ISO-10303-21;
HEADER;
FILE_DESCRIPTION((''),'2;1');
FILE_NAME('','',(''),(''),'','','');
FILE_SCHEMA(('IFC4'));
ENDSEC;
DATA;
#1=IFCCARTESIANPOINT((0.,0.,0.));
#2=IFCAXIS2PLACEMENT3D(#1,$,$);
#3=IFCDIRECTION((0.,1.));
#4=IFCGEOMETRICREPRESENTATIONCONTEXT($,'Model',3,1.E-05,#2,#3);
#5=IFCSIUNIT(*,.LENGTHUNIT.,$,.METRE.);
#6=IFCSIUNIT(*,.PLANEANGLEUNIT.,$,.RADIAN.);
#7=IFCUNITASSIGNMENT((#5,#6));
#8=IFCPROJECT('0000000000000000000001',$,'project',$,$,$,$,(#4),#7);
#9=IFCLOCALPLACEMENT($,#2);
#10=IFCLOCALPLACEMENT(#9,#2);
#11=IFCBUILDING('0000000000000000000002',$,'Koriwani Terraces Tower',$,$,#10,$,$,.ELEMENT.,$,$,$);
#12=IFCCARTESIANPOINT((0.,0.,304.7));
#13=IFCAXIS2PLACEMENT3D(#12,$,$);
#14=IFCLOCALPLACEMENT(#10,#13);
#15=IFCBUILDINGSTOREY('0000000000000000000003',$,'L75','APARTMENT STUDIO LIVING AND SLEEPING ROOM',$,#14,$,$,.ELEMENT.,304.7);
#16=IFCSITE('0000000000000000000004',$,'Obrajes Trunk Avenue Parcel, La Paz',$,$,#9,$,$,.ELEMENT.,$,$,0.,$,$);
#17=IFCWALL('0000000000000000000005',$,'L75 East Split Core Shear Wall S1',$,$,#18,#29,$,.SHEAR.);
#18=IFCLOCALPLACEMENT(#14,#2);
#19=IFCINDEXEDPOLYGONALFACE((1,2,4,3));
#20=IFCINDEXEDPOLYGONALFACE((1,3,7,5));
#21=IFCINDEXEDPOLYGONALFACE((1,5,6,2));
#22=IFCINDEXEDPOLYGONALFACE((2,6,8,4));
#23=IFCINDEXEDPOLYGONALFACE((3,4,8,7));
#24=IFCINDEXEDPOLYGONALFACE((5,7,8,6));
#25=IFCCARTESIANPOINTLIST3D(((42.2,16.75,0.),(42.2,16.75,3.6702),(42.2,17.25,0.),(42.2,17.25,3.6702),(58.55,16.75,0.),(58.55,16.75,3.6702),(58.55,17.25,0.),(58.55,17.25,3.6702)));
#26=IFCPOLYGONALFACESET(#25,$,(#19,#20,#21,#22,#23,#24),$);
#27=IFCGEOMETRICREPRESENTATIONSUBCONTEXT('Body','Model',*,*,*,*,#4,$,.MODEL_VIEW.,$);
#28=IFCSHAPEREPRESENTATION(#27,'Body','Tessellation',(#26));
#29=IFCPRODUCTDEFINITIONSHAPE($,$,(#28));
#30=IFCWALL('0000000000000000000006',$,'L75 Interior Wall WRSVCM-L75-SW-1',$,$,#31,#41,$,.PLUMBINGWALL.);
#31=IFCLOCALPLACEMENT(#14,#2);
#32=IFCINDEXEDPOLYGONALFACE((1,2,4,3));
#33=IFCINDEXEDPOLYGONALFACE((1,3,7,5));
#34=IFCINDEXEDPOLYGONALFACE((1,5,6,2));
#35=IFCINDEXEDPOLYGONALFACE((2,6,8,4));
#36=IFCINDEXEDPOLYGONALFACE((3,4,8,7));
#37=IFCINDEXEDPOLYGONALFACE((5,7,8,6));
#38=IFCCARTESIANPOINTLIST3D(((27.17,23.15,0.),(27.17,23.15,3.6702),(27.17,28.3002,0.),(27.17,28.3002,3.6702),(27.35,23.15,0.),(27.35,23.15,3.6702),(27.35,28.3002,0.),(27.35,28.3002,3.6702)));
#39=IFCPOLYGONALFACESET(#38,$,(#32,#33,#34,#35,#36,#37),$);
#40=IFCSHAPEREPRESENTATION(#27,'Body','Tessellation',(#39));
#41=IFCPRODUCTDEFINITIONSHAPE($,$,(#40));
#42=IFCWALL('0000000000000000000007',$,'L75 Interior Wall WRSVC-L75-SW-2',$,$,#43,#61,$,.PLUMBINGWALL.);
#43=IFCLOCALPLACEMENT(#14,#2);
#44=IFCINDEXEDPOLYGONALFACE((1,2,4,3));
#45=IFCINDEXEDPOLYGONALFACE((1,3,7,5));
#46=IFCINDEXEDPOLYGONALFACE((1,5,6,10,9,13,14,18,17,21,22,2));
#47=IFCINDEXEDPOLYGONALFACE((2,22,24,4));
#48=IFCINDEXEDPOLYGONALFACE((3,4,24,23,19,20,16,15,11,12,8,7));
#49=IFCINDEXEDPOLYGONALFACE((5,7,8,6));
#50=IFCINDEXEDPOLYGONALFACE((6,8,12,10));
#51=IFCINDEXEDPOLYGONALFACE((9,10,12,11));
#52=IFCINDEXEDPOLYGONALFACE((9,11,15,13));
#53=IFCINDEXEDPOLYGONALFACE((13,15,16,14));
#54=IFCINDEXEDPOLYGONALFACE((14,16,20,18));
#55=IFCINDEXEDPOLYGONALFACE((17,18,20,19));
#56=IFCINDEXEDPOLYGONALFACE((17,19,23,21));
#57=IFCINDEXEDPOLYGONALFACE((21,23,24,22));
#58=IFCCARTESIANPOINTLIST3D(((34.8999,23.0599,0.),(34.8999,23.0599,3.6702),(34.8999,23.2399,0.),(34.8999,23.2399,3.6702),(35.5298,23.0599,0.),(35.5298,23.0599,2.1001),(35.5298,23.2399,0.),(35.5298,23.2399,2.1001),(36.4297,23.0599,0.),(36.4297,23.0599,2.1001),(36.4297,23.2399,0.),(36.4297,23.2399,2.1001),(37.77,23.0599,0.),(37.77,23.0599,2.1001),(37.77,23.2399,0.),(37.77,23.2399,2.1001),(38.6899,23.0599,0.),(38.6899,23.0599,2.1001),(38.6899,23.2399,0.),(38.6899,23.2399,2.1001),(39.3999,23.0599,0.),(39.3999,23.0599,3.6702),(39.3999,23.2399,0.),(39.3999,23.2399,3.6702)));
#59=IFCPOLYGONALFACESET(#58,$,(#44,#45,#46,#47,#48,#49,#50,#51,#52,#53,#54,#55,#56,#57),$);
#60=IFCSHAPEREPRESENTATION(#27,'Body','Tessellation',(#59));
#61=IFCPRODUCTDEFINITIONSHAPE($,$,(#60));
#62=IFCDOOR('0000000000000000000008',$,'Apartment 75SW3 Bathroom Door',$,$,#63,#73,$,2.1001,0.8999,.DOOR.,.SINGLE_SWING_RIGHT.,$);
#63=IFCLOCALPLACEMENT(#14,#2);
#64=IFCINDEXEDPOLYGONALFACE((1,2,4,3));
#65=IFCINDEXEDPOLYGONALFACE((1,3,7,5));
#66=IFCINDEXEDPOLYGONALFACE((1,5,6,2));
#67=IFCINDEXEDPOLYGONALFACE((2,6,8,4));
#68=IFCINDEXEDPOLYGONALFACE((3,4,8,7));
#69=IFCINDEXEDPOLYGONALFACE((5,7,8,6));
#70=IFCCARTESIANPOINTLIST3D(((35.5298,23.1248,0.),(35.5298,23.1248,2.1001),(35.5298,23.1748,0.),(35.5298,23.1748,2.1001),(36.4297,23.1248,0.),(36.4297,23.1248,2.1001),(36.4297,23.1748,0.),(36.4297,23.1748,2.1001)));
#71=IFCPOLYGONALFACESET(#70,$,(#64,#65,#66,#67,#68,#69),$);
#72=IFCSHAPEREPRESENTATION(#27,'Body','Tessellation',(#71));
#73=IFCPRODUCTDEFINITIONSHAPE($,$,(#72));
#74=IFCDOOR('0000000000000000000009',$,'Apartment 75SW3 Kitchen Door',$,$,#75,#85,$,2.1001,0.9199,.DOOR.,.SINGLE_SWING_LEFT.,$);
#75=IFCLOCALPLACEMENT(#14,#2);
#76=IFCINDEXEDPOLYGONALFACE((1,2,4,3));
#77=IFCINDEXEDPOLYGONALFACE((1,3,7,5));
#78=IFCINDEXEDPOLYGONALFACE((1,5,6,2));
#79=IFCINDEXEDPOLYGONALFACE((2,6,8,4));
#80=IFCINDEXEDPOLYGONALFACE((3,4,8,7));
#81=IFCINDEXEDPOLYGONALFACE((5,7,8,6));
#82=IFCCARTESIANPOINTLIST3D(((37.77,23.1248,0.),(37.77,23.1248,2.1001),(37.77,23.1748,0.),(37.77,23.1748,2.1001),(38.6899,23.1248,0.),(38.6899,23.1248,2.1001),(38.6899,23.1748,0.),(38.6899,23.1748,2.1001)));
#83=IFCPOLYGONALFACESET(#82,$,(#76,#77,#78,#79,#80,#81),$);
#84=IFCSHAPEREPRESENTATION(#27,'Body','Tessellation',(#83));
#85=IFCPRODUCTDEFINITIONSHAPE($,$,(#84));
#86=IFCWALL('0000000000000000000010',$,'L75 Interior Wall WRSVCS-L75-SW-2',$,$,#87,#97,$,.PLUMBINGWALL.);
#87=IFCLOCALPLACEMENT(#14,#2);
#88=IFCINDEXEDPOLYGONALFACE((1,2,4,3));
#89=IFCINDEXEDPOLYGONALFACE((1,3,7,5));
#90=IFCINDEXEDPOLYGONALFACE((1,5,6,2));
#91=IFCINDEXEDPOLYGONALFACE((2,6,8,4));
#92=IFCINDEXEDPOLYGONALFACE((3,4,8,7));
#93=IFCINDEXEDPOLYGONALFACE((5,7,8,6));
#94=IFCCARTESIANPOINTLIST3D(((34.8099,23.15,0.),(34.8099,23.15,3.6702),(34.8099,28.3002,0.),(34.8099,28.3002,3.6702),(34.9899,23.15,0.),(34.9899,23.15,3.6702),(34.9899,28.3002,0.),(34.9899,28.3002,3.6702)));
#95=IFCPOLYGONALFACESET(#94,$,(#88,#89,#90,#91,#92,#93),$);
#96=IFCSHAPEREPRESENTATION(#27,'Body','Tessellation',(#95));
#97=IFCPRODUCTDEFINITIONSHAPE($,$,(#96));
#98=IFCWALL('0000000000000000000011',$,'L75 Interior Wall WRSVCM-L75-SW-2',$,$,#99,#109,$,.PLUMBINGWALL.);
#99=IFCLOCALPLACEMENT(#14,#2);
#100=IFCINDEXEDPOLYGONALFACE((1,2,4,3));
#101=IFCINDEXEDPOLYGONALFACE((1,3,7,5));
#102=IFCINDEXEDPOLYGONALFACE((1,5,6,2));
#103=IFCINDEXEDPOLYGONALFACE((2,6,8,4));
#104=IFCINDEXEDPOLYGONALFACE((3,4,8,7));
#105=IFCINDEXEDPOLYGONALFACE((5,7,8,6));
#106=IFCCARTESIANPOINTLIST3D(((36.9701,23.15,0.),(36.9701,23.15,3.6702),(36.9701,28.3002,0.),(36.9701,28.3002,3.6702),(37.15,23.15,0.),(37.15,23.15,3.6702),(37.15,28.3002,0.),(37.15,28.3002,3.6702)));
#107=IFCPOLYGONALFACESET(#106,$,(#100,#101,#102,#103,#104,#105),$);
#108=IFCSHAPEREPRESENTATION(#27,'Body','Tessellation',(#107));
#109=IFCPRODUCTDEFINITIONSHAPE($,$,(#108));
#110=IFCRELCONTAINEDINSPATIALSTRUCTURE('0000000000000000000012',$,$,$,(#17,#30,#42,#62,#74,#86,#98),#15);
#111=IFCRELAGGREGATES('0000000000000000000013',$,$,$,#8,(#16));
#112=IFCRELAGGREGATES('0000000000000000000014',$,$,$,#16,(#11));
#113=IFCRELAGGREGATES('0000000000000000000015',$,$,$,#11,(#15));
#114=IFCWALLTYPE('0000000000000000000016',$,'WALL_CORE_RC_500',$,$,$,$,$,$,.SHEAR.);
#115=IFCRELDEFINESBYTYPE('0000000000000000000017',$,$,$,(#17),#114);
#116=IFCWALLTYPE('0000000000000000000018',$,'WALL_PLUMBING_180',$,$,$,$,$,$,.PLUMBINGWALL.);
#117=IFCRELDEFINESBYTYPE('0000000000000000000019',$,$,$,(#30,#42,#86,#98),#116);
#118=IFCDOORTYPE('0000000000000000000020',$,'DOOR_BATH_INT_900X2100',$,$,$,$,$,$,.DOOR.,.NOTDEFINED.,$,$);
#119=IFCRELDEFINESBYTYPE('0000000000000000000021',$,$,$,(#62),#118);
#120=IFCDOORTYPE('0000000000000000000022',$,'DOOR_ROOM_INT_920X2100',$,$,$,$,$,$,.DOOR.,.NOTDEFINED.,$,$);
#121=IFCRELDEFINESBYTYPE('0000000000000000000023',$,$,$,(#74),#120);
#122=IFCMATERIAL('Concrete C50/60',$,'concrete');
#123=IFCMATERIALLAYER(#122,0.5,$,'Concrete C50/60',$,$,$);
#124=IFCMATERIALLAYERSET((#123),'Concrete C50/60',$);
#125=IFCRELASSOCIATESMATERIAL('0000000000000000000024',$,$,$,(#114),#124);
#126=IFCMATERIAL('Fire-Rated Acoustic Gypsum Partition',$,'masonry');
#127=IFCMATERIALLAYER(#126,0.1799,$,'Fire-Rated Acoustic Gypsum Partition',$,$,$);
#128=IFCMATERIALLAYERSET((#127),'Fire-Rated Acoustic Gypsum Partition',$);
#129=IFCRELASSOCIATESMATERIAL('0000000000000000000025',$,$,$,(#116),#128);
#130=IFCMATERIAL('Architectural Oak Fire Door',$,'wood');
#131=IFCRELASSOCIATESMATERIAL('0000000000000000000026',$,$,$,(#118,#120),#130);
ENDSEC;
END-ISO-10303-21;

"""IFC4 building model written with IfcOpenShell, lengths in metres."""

from ifc_helpers import new_model, si_unit, direction, frame, frame_2d, origin, place, context, subcontext, project, spatial, rectangle, extrude, material, layer, layer_set, type_object, element, fill, save


model = new_model("IFC4")

# Units and contexts
model_context = context("Model", 3, precision=1e-05, world=origin(), true_north=direction((0.0, 1.0)))
body_context = subcontext(model_context, "Body", "Model", "MODEL_VIEW")
ifc_project = project(units=[si_unit("LENGTHUNIT", "METRE"), si_unit("PLANEANGLEUNIT", "RADIAN")], contexts=[model_context])

# Site, building, storey
site_placement = place(None, origin())
site = spatial("IfcSite", under=ifc_project, at=site_placement, Name="Obrajes Trunk Avenue Parcel, La Paz", CompositionType="ELEMENT", RefElevation=0.0)
building_placement = place(site_placement, origin())
building = spatial("IfcBuilding", under=site, at=building_placement, Name="Koriwani Terraces Tower", CompositionType="ELEMENT")
storey_placement = place(building_placement, frame((0.0, 0.0, 304.7)))
storey = spatial("IfcBuildingStorey", under=building, at=storey_placement, Name="L75", Description="APARTMENT STUDIO LIVING AND SLEEPING ROOM", CompositionType="ELEMENT", Elevation=304.7)

# Shared definitions
ifc_material_1 = material(Name="Concrete C50/60", Category="concrete")

# Walls
ifc_layer_1 = layer(ifc_material_1, 0.5, Name="Concrete C50/60")
ifc_layer_set_1 = layer_set([ifc_layer_1], Name="Concrete C50/60")
wall_type_1 = type_object("IfcWallType", Name="WALL_CORE_RC_500", PredefinedType="SHEAR", material=ifc_layer_set_1)
wall_1_placement = place(storey_placement, frame((42.2, 17.0, 0.0), z_axis=(0.0, 0.0, 1.0), x_axis=(1.0, 0.0, 0.0)))
element("IfcWall", 1, at=wall_1_placement, inside=storey, type_object=wall_type_1, Name="L75 East Split Core Shear Wall S1", PredefinedType="SHEAR", context=body_context, shape_type="SweptSolid", body=[
    extrude(rectangle(XDim=16.3501, YDim=0.5, at=frame_2d((8.175, 0.0))), origin(), (0.0, 0.0, 1.0), 3.6702),
])
ifc_material_2 = material(Name="Fire-Rated Acoustic Gypsum Partition", Category="masonry")
ifc_layer_2 = layer(ifc_material_2, 0.1799, Name="Fire-Rated Acoustic Gypsum Partition")
ifc_layer_set_2 = layer_set([ifc_layer_2], Name="Fire-Rated Acoustic Gypsum Partition")
wall_type_2 = type_object("IfcWallType", Name="WALL_PLUMBING_180", PredefinedType="PLUMBINGWALL", material=ifc_layer_set_2)
wall_2_placement = place(storey_placement, frame((27.26, 23.1499, 0.0), z_axis=(0.0, 0.0, 1.0), x_axis=(0.0, 1.0, 0.0)))
element("IfcWall", 2, at=wall_2_placement, inside=storey, type_object=wall_type_2, Name="L75 Interior Wall WRSVCM-L75-SW-1", PredefinedType="PLUMBINGWALL", context=body_context, shape_type="SweptSolid", body=[
    extrude(rectangle(XDim=5.1501, YDim=0.1799, at=frame_2d((2.5752, 0.0))), origin(), (0.0, 0.0, 1.0), 3.6702),
])

# Wall, openings, doors
wall_3_placement = place(storey_placement, frame((34.8999, 23.1499, 0.0), z_axis=(0.0, 0.0, 1.0), x_axis=(1.0, 0.0, 0.0)))
wall_3 = element("IfcWall", 3, at=wall_3_placement, inside=storey, type_object=wall_type_2, Name="L75 Interior Wall WRSVC-L75-SW-2", PredefinedType="PLUMBINGWALL", context=body_context, shape_type="SweptSolid", body=[
    extrude(rectangle(XDim=4.5, YDim=0.1799, at=frame_2d((2.25, 0.0))), origin(), (0.0, 0.0, 1.0), 3.6702),
])
opening_1_placement = place(wall_3_placement, frame((0.6299, 0.0, 0.0)))
opening_1 = element("IfcOpeningElement", 4, at=opening_1_placement, cuts=wall_3, PredefinedType="OPENING", context=body_context, shape_type="SweptSolid", body=[
    extrude(rectangle(XDim=0.8999, YDim=2.1001, at=frame_2d((0.45, 1.05))), frame((0.0, 0.1001, 0.0), z_axis=(0.0, -1.0, 0.0), x_axis=(1.0, 0.0, 0.0)), (0.0, 0.0, 1.0), 0.2),
])
opening_2_placement = place(wall_3_placement, frame((2.8701, 0.0, 0.0)))
opening_2 = element("IfcOpeningElement", 5, at=opening_2_placement, cuts=wall_3, PredefinedType="OPENING", context=body_context, shape_type="SweptSolid", body=[
    extrude(rectangle(XDim=0.9199, YDim=2.1001, at=frame_2d((0.46, 1.05))), frame((0.0, 0.1001, 0.0), z_axis=(0.0, -1.0, 0.0), x_axis=(1.0, 0.0, 0.0)), (0.0, 0.0, 1.0), 0.2),
])
ifc_material_3 = material(Name="Architectural Oak Fire Door", Category="wood")
door_type_1 = type_object("IfcDoorType", Name="DOOR_BATH_INT_900X2100", OperationType="NOTDEFINED", PredefinedType="DOOR", material=ifc_material_3)
door_1_placement = place(opening_1_placement, origin())
door_1 = element("IfcDoor", 6, at=door_1_placement, inside=storey, type_object=door_type_1, Name="Apartment 75SW3 Bathroom Door", OperationType="SINGLE_SWING_RIGHT", OverallHeight=2.1001, OverallWidth=0.8999, PredefinedType="DOOR", context=body_context, shape_type="SweptSolid", body=[
    extrude(rectangle(XDim=0.8999, YDim=2.1001, at=frame_2d((0.45, 1.05))), frame((0.0, 0.0249, 0.0), z_axis=(0.0, -1.0, 0.0), x_axis=(1.0, 0.0, 0.0)), (0.0, 0.0, 1.0), 0.05),
])
fill(opening_1, door_1)
door_type_2 = type_object("IfcDoorType", Name="DOOR_ROOM_INT_920X2100", OperationType="NOTDEFINED", PredefinedType="DOOR", material=ifc_material_3)
door_2_placement = place(opening_2_placement, origin())
door_2 = element("IfcDoor", 7, at=door_2_placement, inside=storey, type_object=door_type_2, Name="Apartment 75SW3 Kitchen Door", OperationType="SINGLE_SWING_LEFT", OverallHeight=2.1001, OverallWidth=0.9199, PredefinedType="DOOR", context=body_context, shape_type="SweptSolid", body=[
    extrude(rectangle(XDim=0.9199, YDim=2.1001, at=frame_2d((0.46, 1.05))), frame((0.0, 0.0249, 0.0), z_axis=(0.0, -1.0, 0.0), x_axis=(1.0, 0.0, 0.0)), (0.0, 0.0, 1.0), 0.05),
])
fill(opening_2, door_2)

# Walls
for number, where, z_axis, x_axis, name in (
    (8, (34.8999, 23.1499, 0.0), (0.0, 0.0, 1.0), (0.0, 1.0, 0.0), "L75 Interior Wall WRSVCS-L75-SW-2"),
    (9, (37.0601, 23.1499, 0.0), (0.0, 0.0, 1.0), (0.0, 1.0, 0.0), "L75 Interior Wall WRSVCM-L75-SW-2"),
):
    element("IfcWall", number, at=place(storey_placement, frame(where, z_axis=z_axis, x_axis=x_axis)), inside=storey, type_object=wall_type_2, Name=name, PredefinedType="PLUMBINGWALL", context=body_context, shape_type="SweptSolid", body=[
        extrude(rectangle(XDim=5.1501, YDim=0.1799, at=frame_2d((2.5752, 0.0))), origin(), (0.0, 0.0, 1.0), 3.6702),
    ])

save(model, "model.ifc")
